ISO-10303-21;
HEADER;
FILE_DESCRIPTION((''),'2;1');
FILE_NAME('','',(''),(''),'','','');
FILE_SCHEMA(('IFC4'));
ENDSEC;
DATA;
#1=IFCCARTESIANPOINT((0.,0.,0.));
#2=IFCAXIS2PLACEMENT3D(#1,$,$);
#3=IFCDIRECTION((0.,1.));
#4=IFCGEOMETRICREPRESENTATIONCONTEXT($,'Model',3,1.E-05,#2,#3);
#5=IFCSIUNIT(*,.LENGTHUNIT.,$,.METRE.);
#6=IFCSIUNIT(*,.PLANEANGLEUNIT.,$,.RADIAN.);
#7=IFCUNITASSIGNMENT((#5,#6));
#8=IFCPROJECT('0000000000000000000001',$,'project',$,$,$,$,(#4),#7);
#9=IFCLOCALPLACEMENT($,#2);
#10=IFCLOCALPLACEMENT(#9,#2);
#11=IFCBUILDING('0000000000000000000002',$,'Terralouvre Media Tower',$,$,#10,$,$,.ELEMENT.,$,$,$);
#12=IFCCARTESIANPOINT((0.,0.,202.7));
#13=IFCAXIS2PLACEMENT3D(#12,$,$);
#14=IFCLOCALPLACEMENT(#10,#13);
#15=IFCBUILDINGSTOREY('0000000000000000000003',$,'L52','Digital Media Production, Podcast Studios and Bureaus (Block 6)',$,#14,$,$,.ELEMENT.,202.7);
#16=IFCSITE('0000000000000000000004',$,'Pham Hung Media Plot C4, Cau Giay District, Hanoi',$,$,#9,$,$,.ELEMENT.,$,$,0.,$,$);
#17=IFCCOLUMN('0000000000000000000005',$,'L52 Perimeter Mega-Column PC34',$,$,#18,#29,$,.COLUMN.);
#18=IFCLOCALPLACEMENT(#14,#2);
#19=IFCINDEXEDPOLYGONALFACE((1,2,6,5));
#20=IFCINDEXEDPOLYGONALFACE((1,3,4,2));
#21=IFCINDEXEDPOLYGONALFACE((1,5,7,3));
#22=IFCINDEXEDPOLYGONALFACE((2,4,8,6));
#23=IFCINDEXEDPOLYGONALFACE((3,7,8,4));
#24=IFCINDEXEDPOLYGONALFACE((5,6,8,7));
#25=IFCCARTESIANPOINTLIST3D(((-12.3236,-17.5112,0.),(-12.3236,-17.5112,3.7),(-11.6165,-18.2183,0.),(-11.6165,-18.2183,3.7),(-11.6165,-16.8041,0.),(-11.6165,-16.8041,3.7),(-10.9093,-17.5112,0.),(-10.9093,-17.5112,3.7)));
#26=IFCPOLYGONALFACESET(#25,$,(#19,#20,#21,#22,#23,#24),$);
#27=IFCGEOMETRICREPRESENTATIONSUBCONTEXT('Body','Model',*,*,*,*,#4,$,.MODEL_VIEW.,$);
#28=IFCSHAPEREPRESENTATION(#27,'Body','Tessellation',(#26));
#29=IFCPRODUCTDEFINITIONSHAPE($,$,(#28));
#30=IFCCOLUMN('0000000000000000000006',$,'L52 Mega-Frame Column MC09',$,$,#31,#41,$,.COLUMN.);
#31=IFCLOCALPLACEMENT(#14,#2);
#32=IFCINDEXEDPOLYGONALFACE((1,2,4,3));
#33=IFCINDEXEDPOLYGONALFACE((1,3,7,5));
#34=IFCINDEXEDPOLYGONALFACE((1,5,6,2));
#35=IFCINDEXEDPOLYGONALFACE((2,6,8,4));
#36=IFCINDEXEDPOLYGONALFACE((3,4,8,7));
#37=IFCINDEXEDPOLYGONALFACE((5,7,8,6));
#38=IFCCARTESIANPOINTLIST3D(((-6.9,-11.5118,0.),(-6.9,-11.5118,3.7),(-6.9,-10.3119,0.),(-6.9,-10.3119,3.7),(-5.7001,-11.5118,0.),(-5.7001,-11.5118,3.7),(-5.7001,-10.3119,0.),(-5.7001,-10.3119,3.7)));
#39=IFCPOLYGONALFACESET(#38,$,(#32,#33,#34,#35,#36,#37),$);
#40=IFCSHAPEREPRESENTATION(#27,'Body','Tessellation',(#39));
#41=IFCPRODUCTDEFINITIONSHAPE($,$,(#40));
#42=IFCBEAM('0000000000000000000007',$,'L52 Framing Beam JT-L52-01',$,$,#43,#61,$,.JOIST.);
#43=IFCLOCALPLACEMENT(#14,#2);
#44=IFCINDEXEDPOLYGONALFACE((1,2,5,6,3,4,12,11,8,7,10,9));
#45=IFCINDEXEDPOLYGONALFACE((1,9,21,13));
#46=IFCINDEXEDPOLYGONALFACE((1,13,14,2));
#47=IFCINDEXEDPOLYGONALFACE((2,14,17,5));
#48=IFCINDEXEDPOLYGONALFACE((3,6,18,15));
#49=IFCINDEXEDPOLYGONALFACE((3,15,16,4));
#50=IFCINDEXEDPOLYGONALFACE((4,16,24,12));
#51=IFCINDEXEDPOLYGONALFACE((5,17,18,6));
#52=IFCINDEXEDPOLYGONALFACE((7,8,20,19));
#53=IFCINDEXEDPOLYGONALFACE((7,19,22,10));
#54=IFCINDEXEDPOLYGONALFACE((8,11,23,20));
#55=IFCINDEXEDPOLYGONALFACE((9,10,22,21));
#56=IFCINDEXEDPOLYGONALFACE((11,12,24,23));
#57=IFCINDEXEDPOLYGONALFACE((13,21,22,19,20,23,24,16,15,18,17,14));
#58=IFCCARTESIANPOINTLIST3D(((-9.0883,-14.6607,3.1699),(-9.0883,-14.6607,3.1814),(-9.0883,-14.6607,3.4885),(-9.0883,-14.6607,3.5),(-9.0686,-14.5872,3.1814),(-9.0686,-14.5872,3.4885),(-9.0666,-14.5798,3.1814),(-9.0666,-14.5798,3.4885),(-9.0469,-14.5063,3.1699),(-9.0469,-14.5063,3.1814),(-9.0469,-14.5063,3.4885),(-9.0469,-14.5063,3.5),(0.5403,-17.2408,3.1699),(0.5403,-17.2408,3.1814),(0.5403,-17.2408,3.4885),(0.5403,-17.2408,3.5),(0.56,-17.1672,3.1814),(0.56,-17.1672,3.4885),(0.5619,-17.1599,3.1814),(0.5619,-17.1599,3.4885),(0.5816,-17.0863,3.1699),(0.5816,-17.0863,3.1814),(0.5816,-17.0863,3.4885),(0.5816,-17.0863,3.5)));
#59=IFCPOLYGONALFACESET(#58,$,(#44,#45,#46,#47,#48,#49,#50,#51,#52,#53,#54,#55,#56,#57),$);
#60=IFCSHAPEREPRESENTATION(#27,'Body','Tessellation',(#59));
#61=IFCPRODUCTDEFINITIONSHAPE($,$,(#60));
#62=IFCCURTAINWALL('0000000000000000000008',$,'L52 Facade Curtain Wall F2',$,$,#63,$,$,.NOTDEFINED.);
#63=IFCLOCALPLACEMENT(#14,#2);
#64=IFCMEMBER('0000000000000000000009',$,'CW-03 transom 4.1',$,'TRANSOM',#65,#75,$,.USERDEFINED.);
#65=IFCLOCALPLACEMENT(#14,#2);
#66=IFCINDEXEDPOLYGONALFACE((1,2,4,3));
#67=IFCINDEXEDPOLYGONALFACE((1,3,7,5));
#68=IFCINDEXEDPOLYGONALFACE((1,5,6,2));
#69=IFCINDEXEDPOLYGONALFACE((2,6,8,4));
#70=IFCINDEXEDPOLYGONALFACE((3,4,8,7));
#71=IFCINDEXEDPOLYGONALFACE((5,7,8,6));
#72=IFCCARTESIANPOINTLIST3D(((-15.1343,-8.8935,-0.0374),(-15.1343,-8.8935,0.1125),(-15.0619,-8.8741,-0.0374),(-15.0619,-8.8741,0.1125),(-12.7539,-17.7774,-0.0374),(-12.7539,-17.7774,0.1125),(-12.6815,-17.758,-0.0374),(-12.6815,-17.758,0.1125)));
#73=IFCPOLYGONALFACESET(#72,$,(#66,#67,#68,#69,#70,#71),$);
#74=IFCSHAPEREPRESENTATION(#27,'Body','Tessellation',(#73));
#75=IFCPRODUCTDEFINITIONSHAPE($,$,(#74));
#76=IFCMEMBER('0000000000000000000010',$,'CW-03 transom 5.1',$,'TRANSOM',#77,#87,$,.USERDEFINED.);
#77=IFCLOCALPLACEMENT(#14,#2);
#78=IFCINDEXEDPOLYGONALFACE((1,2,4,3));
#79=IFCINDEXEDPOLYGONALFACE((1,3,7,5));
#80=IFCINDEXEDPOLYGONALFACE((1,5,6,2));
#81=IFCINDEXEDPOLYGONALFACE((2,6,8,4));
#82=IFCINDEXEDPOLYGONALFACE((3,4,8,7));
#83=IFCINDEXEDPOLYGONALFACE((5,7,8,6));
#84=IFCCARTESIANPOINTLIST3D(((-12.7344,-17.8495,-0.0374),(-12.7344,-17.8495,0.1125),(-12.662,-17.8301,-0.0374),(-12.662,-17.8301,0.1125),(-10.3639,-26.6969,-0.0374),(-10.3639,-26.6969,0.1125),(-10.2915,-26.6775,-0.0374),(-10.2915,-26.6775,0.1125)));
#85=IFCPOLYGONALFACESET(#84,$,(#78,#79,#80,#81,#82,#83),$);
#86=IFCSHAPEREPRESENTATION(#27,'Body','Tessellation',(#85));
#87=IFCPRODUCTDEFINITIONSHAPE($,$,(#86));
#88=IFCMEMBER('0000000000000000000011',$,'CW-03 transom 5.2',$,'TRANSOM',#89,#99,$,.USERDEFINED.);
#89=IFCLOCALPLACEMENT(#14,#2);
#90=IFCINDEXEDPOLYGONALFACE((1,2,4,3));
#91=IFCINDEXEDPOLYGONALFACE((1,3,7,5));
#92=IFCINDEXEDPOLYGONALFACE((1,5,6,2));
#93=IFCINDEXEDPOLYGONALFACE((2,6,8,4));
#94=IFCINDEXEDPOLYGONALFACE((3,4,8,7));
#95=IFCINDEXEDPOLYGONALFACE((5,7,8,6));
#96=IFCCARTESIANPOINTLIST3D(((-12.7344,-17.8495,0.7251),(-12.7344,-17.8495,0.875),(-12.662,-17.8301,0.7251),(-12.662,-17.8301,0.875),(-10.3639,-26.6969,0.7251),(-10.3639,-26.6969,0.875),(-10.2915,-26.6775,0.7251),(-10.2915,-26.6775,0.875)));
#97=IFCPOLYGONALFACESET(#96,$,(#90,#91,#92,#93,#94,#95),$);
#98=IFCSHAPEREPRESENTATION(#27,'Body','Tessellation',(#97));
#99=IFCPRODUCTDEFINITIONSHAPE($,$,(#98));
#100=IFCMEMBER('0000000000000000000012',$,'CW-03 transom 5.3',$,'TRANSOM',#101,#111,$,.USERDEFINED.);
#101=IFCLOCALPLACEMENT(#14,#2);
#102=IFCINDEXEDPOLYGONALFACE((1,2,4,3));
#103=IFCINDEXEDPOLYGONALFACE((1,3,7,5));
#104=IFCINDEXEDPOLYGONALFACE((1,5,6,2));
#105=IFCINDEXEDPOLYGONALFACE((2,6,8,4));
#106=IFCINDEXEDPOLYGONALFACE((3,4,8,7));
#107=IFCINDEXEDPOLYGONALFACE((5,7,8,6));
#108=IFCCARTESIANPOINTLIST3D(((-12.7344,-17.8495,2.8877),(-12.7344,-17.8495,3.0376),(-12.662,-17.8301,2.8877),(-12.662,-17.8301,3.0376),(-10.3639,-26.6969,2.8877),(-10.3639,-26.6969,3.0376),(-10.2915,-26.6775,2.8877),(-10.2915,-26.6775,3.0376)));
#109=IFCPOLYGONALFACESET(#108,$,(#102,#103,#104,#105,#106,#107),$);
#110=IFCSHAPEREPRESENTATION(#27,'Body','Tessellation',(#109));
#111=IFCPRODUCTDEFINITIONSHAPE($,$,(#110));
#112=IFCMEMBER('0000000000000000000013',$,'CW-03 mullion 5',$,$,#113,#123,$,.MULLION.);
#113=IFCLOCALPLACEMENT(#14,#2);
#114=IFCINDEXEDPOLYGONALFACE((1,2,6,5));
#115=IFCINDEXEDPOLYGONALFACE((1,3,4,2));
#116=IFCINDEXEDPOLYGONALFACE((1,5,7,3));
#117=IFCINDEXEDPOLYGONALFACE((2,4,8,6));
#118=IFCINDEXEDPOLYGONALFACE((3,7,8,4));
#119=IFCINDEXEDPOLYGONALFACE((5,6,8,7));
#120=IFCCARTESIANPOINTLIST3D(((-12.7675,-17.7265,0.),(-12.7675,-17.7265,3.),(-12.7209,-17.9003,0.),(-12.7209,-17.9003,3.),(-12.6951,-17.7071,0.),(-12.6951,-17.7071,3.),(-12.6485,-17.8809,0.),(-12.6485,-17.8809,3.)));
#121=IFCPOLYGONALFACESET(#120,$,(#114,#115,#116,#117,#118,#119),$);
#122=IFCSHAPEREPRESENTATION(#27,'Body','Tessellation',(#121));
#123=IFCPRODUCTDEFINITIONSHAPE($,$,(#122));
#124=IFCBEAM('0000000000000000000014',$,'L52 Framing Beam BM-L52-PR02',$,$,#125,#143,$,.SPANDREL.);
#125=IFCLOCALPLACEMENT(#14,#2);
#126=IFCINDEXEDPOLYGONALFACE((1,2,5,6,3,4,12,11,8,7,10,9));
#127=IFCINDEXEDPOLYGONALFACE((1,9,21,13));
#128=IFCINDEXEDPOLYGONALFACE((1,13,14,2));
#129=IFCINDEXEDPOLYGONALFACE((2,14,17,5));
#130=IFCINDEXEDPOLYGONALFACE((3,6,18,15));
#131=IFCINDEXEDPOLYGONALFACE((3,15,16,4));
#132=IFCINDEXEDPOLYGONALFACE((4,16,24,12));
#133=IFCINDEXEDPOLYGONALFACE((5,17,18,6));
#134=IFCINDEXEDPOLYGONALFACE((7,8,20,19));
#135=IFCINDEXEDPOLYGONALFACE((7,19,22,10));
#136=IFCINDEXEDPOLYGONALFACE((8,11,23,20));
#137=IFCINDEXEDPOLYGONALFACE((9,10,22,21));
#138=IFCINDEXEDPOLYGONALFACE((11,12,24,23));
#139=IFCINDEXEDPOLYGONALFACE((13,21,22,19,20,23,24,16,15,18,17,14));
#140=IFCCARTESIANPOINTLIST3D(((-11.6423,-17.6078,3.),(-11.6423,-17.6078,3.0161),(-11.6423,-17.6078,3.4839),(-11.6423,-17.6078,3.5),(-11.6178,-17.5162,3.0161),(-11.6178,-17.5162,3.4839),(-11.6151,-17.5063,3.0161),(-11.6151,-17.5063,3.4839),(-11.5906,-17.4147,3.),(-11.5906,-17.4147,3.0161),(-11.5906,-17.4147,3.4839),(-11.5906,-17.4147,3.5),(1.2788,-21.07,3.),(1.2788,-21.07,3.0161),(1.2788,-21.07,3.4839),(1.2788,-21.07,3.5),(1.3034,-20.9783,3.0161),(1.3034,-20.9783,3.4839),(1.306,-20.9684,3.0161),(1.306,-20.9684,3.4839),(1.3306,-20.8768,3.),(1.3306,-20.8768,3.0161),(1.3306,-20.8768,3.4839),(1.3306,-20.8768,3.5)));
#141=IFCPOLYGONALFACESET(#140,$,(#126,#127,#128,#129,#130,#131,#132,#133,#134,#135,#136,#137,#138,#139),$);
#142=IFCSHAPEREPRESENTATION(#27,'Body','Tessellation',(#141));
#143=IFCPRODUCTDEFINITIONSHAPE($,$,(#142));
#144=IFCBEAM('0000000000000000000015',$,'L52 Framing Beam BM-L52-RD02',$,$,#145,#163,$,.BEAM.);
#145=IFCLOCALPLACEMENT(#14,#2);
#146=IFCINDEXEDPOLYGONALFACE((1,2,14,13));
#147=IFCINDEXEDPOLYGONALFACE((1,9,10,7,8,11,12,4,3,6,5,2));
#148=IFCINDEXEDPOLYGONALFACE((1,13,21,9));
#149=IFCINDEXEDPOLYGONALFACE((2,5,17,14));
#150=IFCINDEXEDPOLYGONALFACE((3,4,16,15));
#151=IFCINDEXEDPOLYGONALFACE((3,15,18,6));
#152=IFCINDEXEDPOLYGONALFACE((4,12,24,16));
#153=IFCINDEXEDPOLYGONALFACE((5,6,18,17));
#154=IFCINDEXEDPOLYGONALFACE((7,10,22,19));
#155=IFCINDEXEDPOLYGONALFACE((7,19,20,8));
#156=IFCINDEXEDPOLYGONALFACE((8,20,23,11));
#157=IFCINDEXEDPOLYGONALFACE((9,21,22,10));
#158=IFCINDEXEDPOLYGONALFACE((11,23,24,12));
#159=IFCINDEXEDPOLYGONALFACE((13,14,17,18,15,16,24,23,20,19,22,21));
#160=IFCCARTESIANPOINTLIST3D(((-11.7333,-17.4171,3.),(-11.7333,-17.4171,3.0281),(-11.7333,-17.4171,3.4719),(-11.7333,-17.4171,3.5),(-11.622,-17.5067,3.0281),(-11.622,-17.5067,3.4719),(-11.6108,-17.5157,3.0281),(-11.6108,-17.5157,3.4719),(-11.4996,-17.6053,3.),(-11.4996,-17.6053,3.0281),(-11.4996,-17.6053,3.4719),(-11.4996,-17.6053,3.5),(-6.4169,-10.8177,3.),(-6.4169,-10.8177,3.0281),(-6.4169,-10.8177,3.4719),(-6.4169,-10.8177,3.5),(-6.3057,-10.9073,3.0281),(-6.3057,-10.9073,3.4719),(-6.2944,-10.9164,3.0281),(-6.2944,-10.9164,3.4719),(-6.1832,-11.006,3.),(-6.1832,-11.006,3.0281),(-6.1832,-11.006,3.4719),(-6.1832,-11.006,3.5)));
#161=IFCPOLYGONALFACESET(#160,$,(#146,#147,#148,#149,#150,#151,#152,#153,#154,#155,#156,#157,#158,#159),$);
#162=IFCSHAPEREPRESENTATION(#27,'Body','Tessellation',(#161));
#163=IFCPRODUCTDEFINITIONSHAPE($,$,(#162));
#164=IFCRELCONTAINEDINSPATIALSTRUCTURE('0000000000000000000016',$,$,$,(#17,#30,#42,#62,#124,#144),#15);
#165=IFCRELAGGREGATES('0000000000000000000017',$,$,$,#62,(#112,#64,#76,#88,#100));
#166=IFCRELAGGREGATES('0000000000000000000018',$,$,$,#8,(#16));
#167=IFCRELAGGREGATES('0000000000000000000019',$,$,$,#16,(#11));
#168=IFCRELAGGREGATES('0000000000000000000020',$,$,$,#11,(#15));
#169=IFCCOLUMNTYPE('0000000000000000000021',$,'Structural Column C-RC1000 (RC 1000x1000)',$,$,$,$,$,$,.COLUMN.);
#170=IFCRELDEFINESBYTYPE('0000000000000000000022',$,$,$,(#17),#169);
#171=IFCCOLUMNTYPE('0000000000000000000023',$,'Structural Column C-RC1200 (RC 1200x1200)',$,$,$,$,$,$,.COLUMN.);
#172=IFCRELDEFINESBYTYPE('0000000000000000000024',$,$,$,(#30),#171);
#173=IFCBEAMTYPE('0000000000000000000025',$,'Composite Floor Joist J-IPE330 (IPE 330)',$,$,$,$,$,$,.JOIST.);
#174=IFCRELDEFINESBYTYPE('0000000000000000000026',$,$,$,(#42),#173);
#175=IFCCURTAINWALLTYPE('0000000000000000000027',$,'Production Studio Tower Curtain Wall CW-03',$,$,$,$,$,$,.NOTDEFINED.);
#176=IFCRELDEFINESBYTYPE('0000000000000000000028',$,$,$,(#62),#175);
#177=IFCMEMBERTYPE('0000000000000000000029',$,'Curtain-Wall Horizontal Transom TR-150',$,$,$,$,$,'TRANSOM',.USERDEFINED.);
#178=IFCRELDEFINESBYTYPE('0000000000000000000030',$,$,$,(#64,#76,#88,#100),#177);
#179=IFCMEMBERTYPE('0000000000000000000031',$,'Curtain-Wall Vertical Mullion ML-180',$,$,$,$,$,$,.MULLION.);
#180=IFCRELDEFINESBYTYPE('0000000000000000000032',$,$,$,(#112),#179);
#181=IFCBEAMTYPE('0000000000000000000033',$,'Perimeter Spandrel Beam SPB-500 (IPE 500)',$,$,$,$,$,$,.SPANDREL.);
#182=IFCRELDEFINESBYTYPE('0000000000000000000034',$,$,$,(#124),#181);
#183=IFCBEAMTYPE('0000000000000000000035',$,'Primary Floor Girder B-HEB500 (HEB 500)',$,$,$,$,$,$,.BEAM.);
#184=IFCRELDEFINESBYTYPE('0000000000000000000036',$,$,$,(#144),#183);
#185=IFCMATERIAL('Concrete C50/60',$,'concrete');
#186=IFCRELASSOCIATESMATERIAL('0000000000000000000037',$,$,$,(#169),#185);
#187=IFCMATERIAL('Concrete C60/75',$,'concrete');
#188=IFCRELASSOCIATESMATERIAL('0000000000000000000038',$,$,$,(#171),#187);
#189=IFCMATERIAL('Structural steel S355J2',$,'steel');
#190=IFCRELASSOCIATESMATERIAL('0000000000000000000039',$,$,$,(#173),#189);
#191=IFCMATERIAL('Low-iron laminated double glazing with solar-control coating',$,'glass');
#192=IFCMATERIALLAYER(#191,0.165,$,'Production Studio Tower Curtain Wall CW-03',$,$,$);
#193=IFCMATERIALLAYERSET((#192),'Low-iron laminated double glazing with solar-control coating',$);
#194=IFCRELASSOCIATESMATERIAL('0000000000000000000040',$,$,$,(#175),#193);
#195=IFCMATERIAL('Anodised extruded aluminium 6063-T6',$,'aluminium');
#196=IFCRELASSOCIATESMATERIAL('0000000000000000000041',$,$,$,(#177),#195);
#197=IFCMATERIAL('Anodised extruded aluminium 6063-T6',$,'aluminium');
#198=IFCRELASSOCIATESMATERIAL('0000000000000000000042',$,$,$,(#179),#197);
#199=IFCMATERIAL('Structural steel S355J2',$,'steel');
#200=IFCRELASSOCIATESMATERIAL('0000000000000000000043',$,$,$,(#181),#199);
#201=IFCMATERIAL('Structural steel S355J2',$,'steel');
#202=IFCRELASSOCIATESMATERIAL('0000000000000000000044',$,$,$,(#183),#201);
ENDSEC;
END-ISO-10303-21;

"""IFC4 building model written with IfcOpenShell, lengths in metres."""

from ifc_helpers import new_model, si_unit, direction, frame, origin, origin_2d, place, context, subcontext, project, spatial, rectangle, i_section, extrude, material, layer, layer_set, material_profile, profile_set, type_object, element, aggregate, save


model = new_model("IFC4")

# Units and contexts
model_context = context("Model", 3, precision=1e-05, world=origin(), true_north=direction((0.0, 1.0)))
body_context = subcontext(model_context, "Body", "Model", "MODEL_VIEW")
ifc_project = project(units=[si_unit("LENGTHUNIT", "METRE"), si_unit("PLANEANGLEUNIT", "RADIAN")], contexts=[model_context])

# Site, building, storey
site_placement = place(None, origin())
site = spatial("IfcSite", under=ifc_project, at=site_placement, Name="Pham Hung Media Plot C4, Cau Giay District, Hanoi", CompositionType="ELEMENT", RefElevation=0.0)
building_placement = place(site_placement, origin())
building = spatial("IfcBuilding", under=site, at=building_placement, Name="Terralouvre Media Tower", CompositionType="ELEMENT")
storey_placement = place(building_placement, frame((0.0, 0.0, 202.7)))
storey = spatial("IfcBuildingStorey", under=building, at=storey_placement, Name="L52", Description="Digital Media Production, Podcast Studios and Bureaus (Block 6)", CompositionType="ELEMENT", Elevation=202.7)

# Columns
ifc_material_1 = material(Name="Concrete C50/60", Category="concrete")
ifc_material_profile_1 = material_profile(ifc_material_1, rectangle(XDim=1.0, YDim=1.0, at=origin_2d()), Name="RC 1000x1000")
ifc_profile_set_1 = profile_set([ifc_material_profile_1], Name="Concrete C50/60")
column_type_1 = type_object("IfcColumnType", Name="Structural Column C-RC1000 (RC 1000x1000)", PredefinedType="COLUMN", material=ifc_profile_set_1)
column_1_placement = place(storey_placement, frame((-11.6165, -17.5112, 0.0), z_axis=(0.0, 0.0, 1.0), x_axis=(0.707107, 0.707107, 0.0)))
element("IfcColumn", 1, at=column_1_placement, inside=storey, type_object=column_type_1, Name="L52 Perimeter Mega-Column PC34", PredefinedType="COLUMN", context=body_context, shape_type="SweptSolid", body=[
    extrude(rectangle(XDim=1.0, YDim=1.0, at=origin_2d()), origin(), (0.0, 0.0, 1.0), 3.7),
])
ifc_material_2 = material(Name="Concrete C60/75", Category="concrete")
ifc_material_profile_2 = material_profile(ifc_material_2, rectangle(XDim=1.2, YDim=1.2, at=origin_2d()), Name="RC 1200x1200")
ifc_profile_set_2 = profile_set([ifc_material_profile_2], Name="Concrete C60/75")
column_type_2 = type_object("IfcColumnType", Name="Structural Column C-RC1200 (RC 1200x1200)", PredefinedType="COLUMN", material=ifc_profile_set_2)
column_2_placement = place(storey_placement, frame((-6.3, -10.9119, 0.0), z_axis=(0.0, 0.0, 1.0), x_axis=(1.0, 0.0, 0.0)))
element("IfcColumn", 2, at=column_2_placement, inside=storey, type_object=column_type_2, Name="L52 Mega-Frame Column MC09", PredefinedType="COLUMN", context=body_context, shape_type="SweptSolid", body=[
    extrude(rectangle(XDim=1.2, YDim=1.2, at=origin_2d()), origin(), (0.0, 0.0, 1.0), 3.7),
])

# Beam
ifc_material_3 = material(Name="Structural steel S355J2", Category="steel")
ifc_material_profile_3 = material_profile(ifc_material_3, i_section(OverallWidth=0.1599, OverallDepth=0.3301, WebThickness=0.0076, FlangeThickness=0.0115, at=origin_2d()), Name="IPE 330")
ifc_profile_set_3 = profile_set([ifc_material_profile_3], Name="Structural steel S355J2")
beam_type_1 = type_object("IfcBeamType", Name="Composite Floor Joist J-IPE330 (IPE 330)", PredefinedType="JOIST", material=ifc_profile_set_3)
beam_1_placement = place(storey_placement, frame((-9.0676, -14.5835, 3.335), z_axis=(0.965924, -0.258827, 0.0), x_axis=(0.258827, 0.965924, 0.0)))
element("IfcBeam", 3, at=beam_1_placement, inside=storey, type_object=beam_type_1, Name="L52 Framing Beam JT-L52-01", PredefinedType="JOIST", context=body_context, shape_type="SweptSolid", body=[
    extrude(i_section(OverallWidth=0.1599, OverallDepth=0.3301, WebThickness=0.0076, FlangeThickness=0.0115, at=origin_2d()), origin(), (0.0, 0.0, 1.0), 9.9683),
])

# Curtain wall, members
ifc_material_4 = material(Name="Low-iron laminated double glazing with solar-control coating", Category="glass")
ifc_layer_1 = layer(ifc_material_4, 0.165, Name="Production Studio Tower Curtain Wall CW-03")
ifc_layer_set_1 = layer_set([ifc_layer_1], Name="Low-iron laminated double glazing with solar-control coating")
curtain_wall_type = type_object("IfcCurtainWallType", Name="Production Studio Tower Curtain Wall CW-03", PredefinedType="NOTDEFINED", material=ifc_layer_set_1)
curtain_wall_placement = place(storey_placement, origin())
curtain_wall = element("IfcCurtainWall", 4, at=curtain_wall_placement, inside=storey, type_object=curtain_wall_type, Name="L52 Facade Curtain Wall F2", PredefinedType="NOTDEFINED")
ifc_material_5 = material(Name="Anodised extruded aluminium 6063-T6", Category="aluminium")
ifc_material_profile_4 = material_profile(ifc_material_5, rectangle(XDim=0.075, YDim=0.1499, at=origin_2d()), Name="ALU 75x150")
ifc_profile_set_4 = profile_set([ifc_material_profile_4], Name="Anodised extruded aluminium 6063-T6")
member_type_1 = type_object("IfcMemberType", Name="Curtain-Wall Horizontal Transom TR-150", ElementType="TRANSOM", PredefinedType="USERDEFINED", material=ifc_profile_set_4)
member_1_placement = place(storey_placement, frame((-15.0981, -8.8838, 0.0376), z_axis=(0.258816, -0.965927, 0.0), x_axis=(0.965927, 0.258816, 0.0)))
member_1 = element("IfcMember", 5, at=member_1_placement, type_object=member_type_1, Name="CW-03 transom 4.1", ObjectType="TRANSOM", PredefinedType="USERDEFINED", context=body_context, shape_type="SweptSolid", body=[
    extrude(rectangle(XDim=0.075, YDim=0.1499, at=origin_2d()), origin(), (0.0, 0.0, 1.0), 9.1973),
])
member_2_placement = place(storey_placement, frame((-12.6982, -17.8398, 0.0376), z_axis=(0.258814, -0.965927, 0.0), x_axis=(0.965927, 0.258814, 0.0)))
member_2 = element("IfcMember", 6, at=member_2_placement, type_object=member_type_1, Name="CW-03 transom 5.1", ObjectType="TRANSOM", PredefinedType="USERDEFINED", context=body_context, shape_type="SweptSolid", body=[
    extrude(rectangle(XDim=0.075, YDim=0.1499, at=origin_2d()), origin(), (0.0, 0.0, 1.0), 9.1594),
])
member_3_placement = place(storey_placement, frame((-12.6982, -17.8398, 0.8), z_axis=(0.258814, -0.965927, 0.0), x_axis=(0.965927, 0.258814, 0.0)))
member_3 = element("IfcMember", 7, at=member_3_placement, type_object=member_type_1, Name="CW-03 transom 5.2", ObjectType="TRANSOM", PredefinedType="USERDEFINED", context=body_context, shape_type="SweptSolid", body=[
    extrude(rectangle(XDim=0.075, YDim=0.1499, at=origin_2d()), origin(), (0.0, 0.0, 1.0), 9.1594),
])
member_4_placement = place(storey_placement, frame((-12.6982, -17.8398, 2.9626), z_axis=(0.258814, -0.965927, 0.0), x_axis=(0.965927, 0.258814, 0.0)))
member_4 = element("IfcMember", 8, at=member_4_placement, type_object=member_type_1, Name="CW-03 transom 5.3", ObjectType="TRANSOM", PredefinedType="USERDEFINED", context=body_context, shape_type="SweptSolid", body=[
    extrude(rectangle(XDim=0.075, YDim=0.1499, at=origin_2d()), origin(), (0.0, 0.0, 1.0), 9.1594),
])
ifc_material_6 = material(Name="Anodised extruded aluminium 6063-T6", Category="aluminium")
ifc_material_profile_5 = material_profile(ifc_material_6, rectangle(XDim=0.075, YDim=0.1799, at=origin_2d()), Name="ALU 75x180")
ifc_profile_set_5 = profile_set([ifc_material_profile_5], Name="Anodised extruded aluminium 6063-T6")
member_type_2 = type_object("IfcMemberType", Name="Curtain-Wall Vertical Mullion ML-180", PredefinedType="MULLION", material=ifc_profile_set_5)
member_5_placement = place(storey_placement, frame((-12.708, -17.8037, 0.0), z_axis=(0.0, 0.0, 1.0), x_axis=(0.965926, 0.258819, 0.0)))
member_5 = element("IfcMember", 9, at=member_5_placement, type_object=member_type_2, Name="CW-03 mullion 5", PredefinedType="MULLION", context=body_context, shape_type="SweptSolid", body=[
    extrude(rectangle(XDim=0.075, YDim=0.1799, at=origin_2d()), origin(), (0.0, 0.0, 1.0), 3.0),
])

# Beams
ifc_material_7 = material(Name="Structural steel S355J2", Category="steel")
ifc_material_profile_6 = material_profile(ifc_material_7, i_section(OverallWidth=0.2, OverallDepth=0.5, WebThickness=0.0103, FlangeThickness=0.0161, at=origin_2d()), Name="IPE 500")
ifc_profile_set_6 = profile_set([ifc_material_profile_6], Name="Structural steel S355J2")
beam_type_2 = type_object("IfcBeamType", Name="Perimeter Spandrel Beam SPB-500 (IPE 500)", PredefinedType="SPANDREL", material=ifc_profile_set_6)
beam_2_placement = place(storey_placement, frame((-11.6165, -17.5112, 3.25), z_axis=(0.965927, -0.258815, 0.0), x_axis=(0.258815, 0.965927, 0.0)))
element("IfcBeam", 10, at=beam_2_placement, inside=storey, type_object=beam_type_2, Name="L52 Framing Beam BM-L52-PR02", PredefinedType="SPANDREL", context=body_context, shape_type="SweptSolid", body=[
    extrude(i_section(OverallWidth=0.2, OverallDepth=0.5, WebThickness=0.0103, FlangeThickness=0.0161, at=origin_2d()), origin(), (0.0, 0.0, 1.0), 13.377),
])
ifc_material_8 = material(Name="Structural steel S355J2", Category="steel")
ifc_material_profile_7 = material_profile(ifc_material_8, i_section(OverallWidth=0.3, OverallDepth=0.5, WebThickness=0.0144, FlangeThickness=0.0281, at=origin_2d()), Name="HEB 500")
ifc_profile_set_7 = profile_set([ifc_material_profile_7], Name="Structural steel S355J2")
beam_type_3 = type_object("IfcBeamType", Name="Primary Floor Girder B-HEB500 (HEB 500)", PredefinedType="BEAM", material=ifc_profile_set_7)
beam_3_placement = place(storey_placement, frame((-6.3, -10.9119, 3.25), z_axis=(-0.627347, -0.778739, 0.0), x_axis=(0.778739, -0.627347, 0.0)))
element("IfcBeam", 11, at=beam_3_placement, inside=storey, type_object=beam_type_3, Name="L52 Framing Beam BM-L52-RD02", PredefinedType="BEAM", context=body_context, shape_type="SweptSolid", body=[
    extrude(i_section(OverallWidth=0.3, OverallDepth=0.5, WebThickness=0.0144, FlangeThickness=0.0281, at=origin_2d()), origin(), (0.0, 0.0, 1.0), 8.4744),
])

aggregate(curtain_wall, [member_5, member_1, member_2, member_3, member_4])

save(model, "model.ifc")
